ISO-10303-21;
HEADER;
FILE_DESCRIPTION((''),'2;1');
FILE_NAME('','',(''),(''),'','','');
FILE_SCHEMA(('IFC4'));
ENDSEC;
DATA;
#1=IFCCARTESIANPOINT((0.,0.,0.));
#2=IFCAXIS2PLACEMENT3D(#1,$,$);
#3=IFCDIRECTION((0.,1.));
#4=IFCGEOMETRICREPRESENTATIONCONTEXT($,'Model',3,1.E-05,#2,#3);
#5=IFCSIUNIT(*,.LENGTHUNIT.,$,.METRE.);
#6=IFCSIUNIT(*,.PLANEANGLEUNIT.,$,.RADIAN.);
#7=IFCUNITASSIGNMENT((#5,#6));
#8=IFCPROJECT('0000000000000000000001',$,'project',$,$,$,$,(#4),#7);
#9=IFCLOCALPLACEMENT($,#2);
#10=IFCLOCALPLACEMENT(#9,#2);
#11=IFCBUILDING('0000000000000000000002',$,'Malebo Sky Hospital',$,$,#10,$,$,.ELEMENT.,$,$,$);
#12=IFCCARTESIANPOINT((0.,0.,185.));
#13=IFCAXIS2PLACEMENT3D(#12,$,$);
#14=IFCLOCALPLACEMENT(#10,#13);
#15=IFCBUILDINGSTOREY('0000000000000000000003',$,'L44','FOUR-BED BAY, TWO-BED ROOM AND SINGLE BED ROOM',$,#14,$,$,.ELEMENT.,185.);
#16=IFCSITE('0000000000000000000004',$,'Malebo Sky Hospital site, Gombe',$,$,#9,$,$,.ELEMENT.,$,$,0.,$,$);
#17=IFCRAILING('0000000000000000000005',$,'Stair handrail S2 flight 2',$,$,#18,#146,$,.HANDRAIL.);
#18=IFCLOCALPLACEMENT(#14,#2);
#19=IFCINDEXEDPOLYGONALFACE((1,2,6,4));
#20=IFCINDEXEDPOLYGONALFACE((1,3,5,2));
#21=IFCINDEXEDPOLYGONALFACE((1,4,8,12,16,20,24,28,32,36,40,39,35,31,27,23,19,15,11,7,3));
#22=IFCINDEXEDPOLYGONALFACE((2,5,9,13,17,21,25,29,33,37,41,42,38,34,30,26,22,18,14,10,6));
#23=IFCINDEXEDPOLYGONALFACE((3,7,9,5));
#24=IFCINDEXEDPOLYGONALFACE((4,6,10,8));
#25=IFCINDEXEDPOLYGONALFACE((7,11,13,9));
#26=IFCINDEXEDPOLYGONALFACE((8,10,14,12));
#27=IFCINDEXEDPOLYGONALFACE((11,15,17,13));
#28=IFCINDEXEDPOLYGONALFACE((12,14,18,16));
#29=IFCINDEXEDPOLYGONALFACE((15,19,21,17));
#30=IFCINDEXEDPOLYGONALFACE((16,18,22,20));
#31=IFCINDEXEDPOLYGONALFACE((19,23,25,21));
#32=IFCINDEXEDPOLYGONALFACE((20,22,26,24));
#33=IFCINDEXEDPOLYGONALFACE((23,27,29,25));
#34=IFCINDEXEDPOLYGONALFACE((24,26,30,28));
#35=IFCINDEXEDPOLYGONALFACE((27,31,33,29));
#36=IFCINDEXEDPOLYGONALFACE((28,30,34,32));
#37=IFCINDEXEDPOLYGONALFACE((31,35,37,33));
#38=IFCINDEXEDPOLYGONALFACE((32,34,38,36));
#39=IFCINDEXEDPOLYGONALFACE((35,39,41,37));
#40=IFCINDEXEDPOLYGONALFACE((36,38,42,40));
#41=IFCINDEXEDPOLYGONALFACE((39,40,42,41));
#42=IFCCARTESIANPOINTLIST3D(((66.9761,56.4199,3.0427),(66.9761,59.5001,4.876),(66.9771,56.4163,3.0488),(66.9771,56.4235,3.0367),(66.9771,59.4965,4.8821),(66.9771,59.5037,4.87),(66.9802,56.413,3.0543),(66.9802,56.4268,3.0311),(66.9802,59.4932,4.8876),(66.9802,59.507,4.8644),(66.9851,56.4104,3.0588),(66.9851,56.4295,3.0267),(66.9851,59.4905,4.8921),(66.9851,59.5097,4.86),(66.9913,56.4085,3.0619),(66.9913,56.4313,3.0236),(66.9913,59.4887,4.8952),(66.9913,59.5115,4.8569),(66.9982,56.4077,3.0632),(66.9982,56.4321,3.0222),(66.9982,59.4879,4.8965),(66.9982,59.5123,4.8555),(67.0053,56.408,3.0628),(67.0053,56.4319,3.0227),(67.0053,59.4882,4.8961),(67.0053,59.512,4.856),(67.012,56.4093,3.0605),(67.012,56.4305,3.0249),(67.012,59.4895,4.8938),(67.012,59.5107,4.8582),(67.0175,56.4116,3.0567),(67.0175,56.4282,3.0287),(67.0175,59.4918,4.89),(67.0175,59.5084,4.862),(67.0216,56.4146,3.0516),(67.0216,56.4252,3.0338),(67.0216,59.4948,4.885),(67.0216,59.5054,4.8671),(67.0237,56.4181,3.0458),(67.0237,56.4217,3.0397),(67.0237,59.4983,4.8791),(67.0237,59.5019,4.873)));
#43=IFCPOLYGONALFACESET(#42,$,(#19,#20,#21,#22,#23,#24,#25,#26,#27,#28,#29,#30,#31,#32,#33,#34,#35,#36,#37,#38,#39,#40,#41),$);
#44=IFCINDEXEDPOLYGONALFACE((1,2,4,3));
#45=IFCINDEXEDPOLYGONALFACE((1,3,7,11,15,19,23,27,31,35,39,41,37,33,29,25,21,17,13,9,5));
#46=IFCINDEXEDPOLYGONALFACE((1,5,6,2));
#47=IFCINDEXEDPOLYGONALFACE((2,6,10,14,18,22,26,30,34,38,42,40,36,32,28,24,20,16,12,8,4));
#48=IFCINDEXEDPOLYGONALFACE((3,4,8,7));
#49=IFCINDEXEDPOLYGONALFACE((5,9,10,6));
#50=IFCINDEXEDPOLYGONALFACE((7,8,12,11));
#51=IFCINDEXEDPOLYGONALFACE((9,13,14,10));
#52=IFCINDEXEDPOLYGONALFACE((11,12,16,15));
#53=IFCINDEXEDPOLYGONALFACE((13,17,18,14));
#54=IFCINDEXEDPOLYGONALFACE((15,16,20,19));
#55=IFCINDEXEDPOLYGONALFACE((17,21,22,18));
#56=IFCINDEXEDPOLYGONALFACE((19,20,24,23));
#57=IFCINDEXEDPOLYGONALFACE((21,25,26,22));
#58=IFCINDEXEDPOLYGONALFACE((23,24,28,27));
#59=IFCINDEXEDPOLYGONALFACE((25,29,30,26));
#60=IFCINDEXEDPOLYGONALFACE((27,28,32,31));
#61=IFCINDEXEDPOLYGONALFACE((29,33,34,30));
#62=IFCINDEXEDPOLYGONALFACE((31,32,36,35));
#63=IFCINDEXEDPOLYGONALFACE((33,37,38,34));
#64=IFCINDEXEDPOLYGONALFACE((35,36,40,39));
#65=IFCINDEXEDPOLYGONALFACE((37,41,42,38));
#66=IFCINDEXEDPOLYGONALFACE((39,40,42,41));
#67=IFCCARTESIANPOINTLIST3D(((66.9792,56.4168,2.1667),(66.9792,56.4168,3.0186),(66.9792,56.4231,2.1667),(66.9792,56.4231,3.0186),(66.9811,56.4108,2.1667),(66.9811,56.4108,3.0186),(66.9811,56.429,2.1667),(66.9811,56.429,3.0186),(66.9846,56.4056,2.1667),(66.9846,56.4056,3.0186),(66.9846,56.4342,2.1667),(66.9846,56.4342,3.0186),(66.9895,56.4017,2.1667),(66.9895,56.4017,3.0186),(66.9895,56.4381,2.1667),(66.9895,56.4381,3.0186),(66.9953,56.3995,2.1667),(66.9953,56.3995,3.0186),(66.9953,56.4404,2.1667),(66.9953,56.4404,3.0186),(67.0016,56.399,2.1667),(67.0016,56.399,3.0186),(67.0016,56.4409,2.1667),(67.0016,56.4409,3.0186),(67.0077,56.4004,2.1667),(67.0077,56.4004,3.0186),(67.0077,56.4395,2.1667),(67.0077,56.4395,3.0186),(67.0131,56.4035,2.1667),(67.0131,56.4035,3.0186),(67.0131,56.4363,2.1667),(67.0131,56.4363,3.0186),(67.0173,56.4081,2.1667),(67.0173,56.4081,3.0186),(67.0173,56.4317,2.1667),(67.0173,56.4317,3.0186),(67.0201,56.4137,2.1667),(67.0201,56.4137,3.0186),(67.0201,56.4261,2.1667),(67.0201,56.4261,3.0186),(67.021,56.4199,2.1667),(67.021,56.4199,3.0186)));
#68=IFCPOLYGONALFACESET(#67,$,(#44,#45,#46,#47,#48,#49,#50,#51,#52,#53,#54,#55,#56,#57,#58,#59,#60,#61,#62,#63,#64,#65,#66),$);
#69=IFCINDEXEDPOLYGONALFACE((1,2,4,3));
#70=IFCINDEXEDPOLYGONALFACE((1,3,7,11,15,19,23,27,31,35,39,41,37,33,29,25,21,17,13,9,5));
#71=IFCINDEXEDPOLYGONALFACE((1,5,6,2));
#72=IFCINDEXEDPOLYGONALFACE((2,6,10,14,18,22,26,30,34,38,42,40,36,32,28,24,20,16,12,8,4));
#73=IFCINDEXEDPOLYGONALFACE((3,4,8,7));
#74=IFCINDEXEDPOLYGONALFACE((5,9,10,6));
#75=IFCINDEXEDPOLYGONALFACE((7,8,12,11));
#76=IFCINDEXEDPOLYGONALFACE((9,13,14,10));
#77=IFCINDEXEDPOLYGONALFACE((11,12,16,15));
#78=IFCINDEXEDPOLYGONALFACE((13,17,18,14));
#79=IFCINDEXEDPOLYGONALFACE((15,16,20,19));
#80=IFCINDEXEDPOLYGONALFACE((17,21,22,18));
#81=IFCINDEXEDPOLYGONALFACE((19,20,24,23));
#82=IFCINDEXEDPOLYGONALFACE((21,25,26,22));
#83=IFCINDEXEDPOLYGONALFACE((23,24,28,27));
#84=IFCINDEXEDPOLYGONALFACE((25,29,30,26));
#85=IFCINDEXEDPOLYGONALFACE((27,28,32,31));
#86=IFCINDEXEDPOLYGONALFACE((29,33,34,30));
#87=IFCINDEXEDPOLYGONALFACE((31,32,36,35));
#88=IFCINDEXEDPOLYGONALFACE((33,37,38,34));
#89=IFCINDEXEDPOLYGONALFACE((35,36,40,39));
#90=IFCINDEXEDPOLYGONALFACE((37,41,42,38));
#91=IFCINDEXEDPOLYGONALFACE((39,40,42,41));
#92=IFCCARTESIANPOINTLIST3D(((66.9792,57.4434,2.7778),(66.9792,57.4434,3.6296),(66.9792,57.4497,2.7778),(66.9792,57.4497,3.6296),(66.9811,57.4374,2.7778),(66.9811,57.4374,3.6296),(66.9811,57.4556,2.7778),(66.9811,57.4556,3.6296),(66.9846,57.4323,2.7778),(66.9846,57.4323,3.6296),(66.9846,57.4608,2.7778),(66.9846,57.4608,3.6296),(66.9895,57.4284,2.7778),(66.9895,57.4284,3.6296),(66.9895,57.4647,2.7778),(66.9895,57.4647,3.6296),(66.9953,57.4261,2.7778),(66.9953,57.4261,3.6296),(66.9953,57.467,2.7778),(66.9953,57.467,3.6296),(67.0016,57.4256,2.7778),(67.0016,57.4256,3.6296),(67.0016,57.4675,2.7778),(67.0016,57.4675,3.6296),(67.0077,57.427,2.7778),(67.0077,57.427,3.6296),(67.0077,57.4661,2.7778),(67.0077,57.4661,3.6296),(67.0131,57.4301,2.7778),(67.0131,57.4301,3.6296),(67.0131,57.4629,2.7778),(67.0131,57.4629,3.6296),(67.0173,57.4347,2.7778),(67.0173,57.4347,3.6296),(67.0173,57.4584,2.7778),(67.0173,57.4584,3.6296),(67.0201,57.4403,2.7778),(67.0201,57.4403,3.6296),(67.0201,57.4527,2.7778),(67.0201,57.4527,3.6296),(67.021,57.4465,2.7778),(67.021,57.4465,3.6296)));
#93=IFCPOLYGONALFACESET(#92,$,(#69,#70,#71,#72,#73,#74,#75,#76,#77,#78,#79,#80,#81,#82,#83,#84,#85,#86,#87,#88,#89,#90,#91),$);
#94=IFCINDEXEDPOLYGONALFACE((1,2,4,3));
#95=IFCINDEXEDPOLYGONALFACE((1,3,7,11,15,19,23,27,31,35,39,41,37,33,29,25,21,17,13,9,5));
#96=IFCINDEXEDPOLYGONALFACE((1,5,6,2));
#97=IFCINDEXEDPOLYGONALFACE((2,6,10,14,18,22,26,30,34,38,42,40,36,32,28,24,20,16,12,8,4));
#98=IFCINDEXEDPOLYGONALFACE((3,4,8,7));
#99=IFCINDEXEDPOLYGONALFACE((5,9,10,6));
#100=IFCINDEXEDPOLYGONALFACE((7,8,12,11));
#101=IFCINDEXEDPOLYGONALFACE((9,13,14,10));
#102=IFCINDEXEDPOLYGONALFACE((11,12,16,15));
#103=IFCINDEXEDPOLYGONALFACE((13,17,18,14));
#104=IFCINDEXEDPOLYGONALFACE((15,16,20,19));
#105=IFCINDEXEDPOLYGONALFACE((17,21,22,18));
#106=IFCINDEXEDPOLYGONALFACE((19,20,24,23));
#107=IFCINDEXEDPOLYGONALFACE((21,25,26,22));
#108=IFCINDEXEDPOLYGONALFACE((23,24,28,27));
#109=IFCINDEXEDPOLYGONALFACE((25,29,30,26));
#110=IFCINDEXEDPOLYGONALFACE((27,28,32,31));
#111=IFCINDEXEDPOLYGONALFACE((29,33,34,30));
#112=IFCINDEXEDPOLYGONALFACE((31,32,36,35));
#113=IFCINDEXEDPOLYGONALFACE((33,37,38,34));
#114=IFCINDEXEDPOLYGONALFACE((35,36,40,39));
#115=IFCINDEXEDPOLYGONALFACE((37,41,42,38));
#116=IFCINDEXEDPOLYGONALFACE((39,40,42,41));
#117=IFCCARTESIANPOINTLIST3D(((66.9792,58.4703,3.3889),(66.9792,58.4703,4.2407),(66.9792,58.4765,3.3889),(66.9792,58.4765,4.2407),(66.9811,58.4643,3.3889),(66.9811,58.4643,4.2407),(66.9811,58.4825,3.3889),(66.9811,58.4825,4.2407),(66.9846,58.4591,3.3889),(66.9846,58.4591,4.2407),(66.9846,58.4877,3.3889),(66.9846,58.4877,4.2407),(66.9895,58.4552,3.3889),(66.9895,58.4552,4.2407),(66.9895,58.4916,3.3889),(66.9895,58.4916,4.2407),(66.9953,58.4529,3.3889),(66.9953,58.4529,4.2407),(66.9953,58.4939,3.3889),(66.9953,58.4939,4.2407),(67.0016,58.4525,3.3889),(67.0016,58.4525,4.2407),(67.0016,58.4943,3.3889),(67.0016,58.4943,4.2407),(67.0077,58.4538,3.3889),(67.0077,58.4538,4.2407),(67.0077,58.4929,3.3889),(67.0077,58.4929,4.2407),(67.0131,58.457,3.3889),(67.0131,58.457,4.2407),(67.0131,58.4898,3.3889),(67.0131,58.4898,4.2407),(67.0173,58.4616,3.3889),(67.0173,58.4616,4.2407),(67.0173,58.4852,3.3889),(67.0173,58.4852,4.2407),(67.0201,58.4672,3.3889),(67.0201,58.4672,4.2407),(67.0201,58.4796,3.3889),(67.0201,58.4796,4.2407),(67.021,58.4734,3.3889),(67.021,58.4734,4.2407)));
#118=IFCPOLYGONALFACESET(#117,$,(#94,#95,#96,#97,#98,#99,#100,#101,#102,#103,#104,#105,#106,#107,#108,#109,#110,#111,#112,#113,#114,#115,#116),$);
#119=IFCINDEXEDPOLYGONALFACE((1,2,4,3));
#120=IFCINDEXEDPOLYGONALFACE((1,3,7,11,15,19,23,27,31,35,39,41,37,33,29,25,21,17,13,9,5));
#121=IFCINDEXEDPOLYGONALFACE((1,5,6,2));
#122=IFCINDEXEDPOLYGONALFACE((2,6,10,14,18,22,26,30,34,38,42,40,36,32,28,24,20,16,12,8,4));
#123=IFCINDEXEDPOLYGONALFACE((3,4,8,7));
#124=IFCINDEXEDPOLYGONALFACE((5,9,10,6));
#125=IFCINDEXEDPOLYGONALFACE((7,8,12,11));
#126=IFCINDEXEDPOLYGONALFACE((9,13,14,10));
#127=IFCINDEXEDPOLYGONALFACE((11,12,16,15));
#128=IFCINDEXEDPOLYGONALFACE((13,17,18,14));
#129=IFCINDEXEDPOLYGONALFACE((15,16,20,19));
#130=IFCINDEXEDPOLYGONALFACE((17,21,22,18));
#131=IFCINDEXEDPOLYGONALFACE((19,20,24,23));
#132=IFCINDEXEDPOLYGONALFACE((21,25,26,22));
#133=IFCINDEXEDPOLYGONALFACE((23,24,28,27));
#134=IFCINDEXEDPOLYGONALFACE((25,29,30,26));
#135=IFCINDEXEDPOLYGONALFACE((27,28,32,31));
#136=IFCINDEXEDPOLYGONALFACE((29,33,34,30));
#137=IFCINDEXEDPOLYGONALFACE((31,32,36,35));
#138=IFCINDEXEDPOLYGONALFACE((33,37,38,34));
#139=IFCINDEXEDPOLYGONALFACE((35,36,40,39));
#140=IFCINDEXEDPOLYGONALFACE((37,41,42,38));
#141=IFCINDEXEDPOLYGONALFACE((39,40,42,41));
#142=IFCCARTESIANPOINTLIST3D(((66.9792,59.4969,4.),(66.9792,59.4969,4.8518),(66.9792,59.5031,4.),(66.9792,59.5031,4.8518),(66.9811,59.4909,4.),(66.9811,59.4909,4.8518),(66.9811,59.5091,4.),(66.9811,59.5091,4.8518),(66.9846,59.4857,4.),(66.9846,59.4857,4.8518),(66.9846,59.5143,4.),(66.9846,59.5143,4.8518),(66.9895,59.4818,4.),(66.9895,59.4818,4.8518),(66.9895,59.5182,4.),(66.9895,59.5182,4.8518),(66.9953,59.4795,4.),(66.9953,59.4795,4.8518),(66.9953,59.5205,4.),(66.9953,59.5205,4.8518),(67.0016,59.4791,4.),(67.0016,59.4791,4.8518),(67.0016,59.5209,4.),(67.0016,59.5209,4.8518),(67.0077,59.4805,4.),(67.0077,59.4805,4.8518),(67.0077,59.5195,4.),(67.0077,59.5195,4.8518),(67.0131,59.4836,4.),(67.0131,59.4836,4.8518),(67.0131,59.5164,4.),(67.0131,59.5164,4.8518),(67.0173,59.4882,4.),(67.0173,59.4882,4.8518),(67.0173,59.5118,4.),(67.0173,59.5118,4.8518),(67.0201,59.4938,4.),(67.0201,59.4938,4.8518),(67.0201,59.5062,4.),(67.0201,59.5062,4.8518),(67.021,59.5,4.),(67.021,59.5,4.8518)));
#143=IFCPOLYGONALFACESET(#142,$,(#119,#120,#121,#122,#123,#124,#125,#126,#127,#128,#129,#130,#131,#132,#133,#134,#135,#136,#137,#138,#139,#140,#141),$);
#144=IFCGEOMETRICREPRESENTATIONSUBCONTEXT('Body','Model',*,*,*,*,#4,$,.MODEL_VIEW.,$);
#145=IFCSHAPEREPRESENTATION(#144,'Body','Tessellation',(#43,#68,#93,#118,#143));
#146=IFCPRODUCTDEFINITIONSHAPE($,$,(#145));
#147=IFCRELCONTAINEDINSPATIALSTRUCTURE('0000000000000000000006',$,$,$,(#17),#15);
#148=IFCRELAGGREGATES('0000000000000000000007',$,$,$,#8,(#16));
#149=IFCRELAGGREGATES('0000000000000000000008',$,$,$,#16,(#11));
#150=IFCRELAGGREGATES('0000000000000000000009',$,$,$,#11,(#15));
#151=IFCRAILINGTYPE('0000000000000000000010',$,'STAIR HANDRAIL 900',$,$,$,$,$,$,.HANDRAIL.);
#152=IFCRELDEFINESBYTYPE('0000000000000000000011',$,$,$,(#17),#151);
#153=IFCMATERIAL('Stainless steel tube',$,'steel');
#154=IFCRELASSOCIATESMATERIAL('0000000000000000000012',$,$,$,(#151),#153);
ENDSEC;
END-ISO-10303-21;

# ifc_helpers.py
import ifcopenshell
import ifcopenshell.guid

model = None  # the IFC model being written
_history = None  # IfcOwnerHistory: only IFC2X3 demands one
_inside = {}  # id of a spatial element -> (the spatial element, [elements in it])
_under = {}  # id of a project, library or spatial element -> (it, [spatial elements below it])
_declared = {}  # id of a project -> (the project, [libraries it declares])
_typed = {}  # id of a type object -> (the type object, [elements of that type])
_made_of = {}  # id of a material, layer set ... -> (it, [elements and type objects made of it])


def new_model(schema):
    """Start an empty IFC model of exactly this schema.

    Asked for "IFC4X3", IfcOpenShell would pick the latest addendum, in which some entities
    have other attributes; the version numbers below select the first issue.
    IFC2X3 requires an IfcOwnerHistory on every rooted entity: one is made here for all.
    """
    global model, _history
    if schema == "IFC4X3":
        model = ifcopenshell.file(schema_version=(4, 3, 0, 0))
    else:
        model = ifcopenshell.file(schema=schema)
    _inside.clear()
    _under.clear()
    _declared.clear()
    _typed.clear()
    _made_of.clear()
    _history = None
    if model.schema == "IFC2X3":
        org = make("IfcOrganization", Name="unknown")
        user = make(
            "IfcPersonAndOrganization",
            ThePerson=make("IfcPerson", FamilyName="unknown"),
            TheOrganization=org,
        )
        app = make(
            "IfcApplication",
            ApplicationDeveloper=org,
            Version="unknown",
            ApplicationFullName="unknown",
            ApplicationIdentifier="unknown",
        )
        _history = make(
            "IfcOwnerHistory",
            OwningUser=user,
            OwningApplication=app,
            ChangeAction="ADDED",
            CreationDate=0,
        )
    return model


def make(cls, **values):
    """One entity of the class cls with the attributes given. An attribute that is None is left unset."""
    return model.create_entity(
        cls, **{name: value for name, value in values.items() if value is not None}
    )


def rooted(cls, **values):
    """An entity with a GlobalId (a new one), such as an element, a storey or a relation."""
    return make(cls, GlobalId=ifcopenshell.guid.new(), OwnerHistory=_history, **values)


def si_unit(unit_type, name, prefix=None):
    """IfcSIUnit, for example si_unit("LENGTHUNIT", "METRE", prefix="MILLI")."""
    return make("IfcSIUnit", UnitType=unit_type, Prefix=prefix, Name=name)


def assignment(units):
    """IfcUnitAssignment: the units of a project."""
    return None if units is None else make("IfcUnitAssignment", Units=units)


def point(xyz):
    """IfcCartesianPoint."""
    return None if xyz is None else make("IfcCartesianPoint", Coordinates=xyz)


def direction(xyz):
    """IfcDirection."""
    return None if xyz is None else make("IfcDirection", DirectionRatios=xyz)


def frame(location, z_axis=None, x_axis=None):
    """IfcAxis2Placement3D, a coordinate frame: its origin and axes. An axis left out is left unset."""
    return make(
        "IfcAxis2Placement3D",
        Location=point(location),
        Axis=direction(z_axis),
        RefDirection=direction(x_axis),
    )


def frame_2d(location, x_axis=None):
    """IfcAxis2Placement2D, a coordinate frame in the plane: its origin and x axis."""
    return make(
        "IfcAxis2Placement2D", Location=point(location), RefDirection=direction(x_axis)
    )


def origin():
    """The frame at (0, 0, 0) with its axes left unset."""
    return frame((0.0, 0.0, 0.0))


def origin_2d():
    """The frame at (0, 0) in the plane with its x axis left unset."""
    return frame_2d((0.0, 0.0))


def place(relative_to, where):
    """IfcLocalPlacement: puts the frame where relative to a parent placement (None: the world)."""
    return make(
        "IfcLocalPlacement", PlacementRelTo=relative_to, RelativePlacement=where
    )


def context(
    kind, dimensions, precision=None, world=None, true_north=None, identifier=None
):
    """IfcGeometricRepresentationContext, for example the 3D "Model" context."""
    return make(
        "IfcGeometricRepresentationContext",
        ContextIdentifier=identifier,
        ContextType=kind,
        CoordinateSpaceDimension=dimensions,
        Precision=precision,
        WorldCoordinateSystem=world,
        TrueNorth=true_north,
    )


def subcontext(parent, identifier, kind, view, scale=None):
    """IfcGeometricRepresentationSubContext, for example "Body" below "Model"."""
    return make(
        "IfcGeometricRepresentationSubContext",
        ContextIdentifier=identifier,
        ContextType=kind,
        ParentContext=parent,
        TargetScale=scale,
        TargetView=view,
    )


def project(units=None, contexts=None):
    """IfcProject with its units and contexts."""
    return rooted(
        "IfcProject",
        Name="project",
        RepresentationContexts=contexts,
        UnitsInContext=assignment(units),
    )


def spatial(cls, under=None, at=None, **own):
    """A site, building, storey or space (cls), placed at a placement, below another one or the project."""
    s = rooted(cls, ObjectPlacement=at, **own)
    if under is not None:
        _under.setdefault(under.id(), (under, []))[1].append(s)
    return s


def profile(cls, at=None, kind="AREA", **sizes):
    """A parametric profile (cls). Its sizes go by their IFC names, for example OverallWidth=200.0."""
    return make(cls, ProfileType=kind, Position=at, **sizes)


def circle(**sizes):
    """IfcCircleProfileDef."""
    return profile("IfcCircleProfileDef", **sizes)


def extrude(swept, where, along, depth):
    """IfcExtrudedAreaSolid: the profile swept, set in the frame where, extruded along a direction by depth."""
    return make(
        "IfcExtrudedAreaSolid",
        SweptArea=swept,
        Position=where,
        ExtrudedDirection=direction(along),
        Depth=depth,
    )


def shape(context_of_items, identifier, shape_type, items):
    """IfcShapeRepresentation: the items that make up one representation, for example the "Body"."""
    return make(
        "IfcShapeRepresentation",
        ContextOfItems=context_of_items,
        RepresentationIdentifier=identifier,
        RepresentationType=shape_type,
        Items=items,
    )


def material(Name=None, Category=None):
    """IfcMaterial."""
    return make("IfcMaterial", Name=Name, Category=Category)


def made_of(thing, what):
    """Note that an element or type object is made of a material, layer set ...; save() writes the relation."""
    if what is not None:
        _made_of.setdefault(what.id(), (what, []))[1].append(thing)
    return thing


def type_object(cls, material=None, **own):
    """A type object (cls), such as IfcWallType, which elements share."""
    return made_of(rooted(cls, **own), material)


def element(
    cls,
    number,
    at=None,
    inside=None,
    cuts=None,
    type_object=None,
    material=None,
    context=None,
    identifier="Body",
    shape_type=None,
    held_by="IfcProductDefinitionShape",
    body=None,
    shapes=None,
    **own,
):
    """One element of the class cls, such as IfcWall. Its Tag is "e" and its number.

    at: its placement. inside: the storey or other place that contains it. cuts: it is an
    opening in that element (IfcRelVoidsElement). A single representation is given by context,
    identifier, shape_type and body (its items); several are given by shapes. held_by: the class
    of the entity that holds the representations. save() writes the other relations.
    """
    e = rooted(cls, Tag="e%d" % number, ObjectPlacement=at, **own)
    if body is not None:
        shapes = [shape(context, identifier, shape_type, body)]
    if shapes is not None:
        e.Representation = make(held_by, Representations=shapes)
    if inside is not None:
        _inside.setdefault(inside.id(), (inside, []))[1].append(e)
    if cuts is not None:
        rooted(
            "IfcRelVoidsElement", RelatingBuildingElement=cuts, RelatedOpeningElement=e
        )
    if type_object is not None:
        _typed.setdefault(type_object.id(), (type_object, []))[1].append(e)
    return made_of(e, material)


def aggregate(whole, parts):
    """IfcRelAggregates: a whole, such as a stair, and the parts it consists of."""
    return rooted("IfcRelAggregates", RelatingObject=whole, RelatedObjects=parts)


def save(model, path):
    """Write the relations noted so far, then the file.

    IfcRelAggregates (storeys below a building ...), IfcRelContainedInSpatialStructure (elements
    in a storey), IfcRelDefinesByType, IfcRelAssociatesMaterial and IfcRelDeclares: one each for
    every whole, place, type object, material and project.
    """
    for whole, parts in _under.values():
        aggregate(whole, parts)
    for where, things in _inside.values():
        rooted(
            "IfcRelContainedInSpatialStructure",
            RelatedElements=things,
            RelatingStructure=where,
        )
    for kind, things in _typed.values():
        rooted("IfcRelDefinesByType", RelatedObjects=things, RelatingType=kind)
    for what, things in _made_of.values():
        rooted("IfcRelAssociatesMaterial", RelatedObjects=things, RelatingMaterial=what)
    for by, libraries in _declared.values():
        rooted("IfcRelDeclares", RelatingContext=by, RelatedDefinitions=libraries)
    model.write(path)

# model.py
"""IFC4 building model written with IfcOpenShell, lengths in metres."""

from ifc_helpers import new_model, si_unit, direction, frame, origin, origin_2d, place, context, subcontext, project, spatial, circle, extrude, material, type_object, element, save


model = new_model("IFC4")

# Units and contexts
model_context = context("Model", 3, precision=1e-05, world=origin(), true_north=direction((0.0, 1.0)))
body_context = subcontext(model_context, "Body", "Model", "MODEL_VIEW")
ifc_project = project(units=[si_unit("LENGTHUNIT", "METRE"), si_unit("PLANEANGLEUNIT", "RADIAN")], contexts=[model_context])

# Site, building, storey
site_placement = place(None, origin())
site = spatial("IfcSite", under=ifc_project, at=site_placement, Name="Malebo Sky Hospital site, Gombe", CompositionType="ELEMENT", RefElevation=0.0)
building_placement = place(site_placement, origin())
building = spatial("IfcBuilding", under=site, at=building_placement, Name="Malebo Sky Hospital", CompositionType="ELEMENT")
storey_placement = place(building_placement, frame((0.0, 0.0, 185.0)))
storey = spatial("IfcBuildingStorey", under=building, at=storey_placement, Name="L44", Description="FOUR-BED BAY, TWO-BED ROOM AND SINGLE BED ROOM", CompositionType="ELEMENT", Elevation=185.0)

# Railing
ifc_material_1 = material(Name="Stainless steel tube", Category="steel")
railing_type = type_object("IfcRailingType", Name="STAIR HANDRAIL 900", PredefinedType="HANDRAIL", material=ifc_material_1)
railing_1_placement = place(storey_placement, frame((67.0, 56.4199, 2.1667)))
element("IfcRailing", 1, at=railing_1_placement, inside=storey, type_object=railing_type, Name="Stair handrail S2 flight 2", PredefinedType="HANDRAIL", context=body_context, shape_type="SweptSolid", body=[
    extrude(circle(Radius=0.0239, at=origin_2d()), frame((0.0, 0.0, 0.876), z_axis=(0.0, 0.859309, 0.511458), x_axis=(-1.0, 0.0, 0.0)), (0.0, 0.0, 1.0), 3.5845),
    extrude(circle(Radius=0.021, at=origin_2d()), origin(), (0.0, 0.0, 1.0), 0.8518),
    extrude(circle(Radius=0.021, at=origin_2d()), frame((0.0, 1.0266, 0.6111)), (0.0, 0.0, 1.0), 0.8518),
    extrude(circle(Radius=0.021, at=origin_2d()), frame((0.0, 2.0535, 1.2222)), (0.0, 0.0, 1.0), 0.8518),
    extrude(circle(Radius=0.021, at=origin_2d()), frame((0.0, 3.0801, 1.8333)), (0.0, 0.0, 1.0), 0.8518),
])

save(model, "model.ifc")
